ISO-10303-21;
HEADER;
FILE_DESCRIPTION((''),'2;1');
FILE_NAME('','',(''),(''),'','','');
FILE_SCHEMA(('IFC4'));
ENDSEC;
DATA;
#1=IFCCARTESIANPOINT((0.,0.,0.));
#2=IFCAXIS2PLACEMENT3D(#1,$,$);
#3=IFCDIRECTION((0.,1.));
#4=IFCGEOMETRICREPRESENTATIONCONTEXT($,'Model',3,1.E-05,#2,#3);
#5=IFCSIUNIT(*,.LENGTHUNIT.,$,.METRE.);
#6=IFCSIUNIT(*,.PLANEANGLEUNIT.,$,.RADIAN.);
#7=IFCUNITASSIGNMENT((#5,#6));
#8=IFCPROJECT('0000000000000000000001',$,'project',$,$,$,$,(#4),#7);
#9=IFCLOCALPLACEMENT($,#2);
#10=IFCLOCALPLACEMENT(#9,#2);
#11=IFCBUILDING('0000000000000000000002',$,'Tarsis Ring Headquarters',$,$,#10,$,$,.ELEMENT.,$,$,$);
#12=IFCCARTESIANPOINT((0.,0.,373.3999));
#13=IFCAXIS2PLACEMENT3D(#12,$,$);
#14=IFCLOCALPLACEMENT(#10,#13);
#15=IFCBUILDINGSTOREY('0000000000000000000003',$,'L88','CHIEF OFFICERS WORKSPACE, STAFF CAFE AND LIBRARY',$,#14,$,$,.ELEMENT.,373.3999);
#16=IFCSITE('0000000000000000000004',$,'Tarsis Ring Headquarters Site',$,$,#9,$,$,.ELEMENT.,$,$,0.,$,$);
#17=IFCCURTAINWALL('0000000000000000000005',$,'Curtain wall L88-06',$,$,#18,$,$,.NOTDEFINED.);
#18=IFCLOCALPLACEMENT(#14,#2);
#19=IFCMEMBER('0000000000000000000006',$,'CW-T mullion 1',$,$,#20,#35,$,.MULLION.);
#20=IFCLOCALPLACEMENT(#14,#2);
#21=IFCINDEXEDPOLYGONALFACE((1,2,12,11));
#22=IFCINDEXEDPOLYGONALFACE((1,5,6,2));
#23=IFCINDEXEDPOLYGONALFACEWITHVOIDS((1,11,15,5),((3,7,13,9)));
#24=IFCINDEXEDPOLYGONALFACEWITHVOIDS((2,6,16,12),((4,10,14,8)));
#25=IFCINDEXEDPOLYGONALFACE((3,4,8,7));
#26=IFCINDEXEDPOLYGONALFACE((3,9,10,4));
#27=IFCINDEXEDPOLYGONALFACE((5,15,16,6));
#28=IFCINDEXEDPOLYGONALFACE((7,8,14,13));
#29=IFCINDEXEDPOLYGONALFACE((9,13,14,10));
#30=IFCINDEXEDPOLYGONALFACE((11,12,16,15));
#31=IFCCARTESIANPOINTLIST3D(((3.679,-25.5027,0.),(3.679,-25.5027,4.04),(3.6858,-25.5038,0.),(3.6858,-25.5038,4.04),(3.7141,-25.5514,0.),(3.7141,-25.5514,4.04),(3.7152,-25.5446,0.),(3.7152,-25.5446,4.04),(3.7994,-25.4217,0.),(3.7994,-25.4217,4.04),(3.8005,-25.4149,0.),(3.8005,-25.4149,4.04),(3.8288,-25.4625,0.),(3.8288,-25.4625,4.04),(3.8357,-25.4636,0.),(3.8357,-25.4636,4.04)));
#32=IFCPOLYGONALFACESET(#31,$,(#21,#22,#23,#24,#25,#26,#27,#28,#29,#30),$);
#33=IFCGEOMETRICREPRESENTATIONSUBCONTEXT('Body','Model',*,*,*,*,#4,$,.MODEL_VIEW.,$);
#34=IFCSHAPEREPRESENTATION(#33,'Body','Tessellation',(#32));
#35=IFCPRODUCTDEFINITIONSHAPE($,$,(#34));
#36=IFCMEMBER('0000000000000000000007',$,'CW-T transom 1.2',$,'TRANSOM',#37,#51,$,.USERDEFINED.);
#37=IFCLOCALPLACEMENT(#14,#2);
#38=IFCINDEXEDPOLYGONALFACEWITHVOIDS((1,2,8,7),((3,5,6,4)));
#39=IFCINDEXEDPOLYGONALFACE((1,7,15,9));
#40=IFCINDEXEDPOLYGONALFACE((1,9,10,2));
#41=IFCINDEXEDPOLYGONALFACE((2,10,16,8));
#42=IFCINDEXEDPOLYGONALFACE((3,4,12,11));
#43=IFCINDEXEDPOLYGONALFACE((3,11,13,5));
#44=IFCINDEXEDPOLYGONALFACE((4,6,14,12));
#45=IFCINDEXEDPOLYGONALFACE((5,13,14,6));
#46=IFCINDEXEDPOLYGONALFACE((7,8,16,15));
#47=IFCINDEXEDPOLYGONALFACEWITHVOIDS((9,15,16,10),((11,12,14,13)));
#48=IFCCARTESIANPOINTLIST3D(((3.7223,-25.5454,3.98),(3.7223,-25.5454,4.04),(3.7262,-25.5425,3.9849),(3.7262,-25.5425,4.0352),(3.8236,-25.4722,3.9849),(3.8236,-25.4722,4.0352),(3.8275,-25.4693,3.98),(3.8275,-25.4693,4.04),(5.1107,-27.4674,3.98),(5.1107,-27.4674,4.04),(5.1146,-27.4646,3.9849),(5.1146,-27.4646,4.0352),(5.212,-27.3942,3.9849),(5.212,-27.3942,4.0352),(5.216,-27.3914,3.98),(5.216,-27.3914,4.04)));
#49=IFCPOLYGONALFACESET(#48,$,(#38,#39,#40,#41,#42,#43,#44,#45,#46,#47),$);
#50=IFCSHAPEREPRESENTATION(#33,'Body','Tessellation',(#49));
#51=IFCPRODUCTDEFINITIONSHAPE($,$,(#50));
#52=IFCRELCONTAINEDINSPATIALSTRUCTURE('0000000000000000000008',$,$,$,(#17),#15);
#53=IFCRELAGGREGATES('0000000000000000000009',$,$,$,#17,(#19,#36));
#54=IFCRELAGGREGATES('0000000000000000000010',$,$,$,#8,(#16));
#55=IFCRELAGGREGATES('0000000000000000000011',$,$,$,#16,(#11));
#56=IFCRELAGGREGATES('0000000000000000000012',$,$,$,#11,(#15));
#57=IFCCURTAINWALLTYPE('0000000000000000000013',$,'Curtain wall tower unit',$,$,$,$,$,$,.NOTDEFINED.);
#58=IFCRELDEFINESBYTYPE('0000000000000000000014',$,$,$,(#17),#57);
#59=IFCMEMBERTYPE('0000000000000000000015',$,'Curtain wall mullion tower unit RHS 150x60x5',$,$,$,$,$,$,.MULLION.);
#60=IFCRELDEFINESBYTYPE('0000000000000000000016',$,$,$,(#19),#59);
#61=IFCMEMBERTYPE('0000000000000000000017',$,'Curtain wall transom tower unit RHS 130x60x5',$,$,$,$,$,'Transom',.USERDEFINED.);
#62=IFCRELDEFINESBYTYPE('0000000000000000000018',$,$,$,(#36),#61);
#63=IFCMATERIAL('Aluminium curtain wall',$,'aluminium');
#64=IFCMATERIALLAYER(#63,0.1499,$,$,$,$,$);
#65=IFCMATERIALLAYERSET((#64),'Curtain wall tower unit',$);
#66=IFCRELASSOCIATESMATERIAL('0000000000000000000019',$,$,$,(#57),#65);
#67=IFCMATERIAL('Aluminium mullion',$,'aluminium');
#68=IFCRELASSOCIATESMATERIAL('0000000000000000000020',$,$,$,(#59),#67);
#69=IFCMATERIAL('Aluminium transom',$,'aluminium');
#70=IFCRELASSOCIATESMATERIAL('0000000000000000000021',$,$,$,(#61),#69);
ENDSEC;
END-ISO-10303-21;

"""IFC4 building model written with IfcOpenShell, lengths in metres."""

from ifc_helpers import new_model, si_unit, direction, frame, origin, origin_2d, place, context, subcontext, project, spatial, hollow_rectangle, extrude, material, layer, layer_set, material_profile, profile_set, type_object, element, aggregate, save


model = new_model("IFC4")

# Units and contexts
model_context = context("Model", 3, precision=1e-05, world=origin(), true_north=direction((0.0, 1.0)))
body_context = subcontext(model_context, "Body", "Model", "MODEL_VIEW")
ifc_project = project(units=[si_unit("LENGTHUNIT", "METRE"), si_unit("PLANEANGLEUNIT", "RADIAN")], contexts=[model_context])

# Site, building, storey
site_placement = place(None, origin())
site = spatial("IfcSite", under=ifc_project, at=site_placement, Name="Tarsis Ring Headquarters Site", CompositionType="ELEMENT", RefElevation=0.0)
building_placement = place(site_placement, origin())
building = spatial("IfcBuilding", under=site, at=building_placement, Name="Tarsis Ring Headquarters", CompositionType="ELEMENT")
storey_placement = place(building_placement, frame((0.0, 0.0, 373.3999)))
storey = spatial("IfcBuildingStorey", under=building, at=storey_placement, Name="L88", Description="CHIEF OFFICERS WORKSPACE, STAFF CAFE AND LIBRARY", CompositionType="ELEMENT", Elevation=373.3999)

# Curtain wall, members
ifc_material_1 = material(Name="Aluminium curtain wall", Category="aluminium")
ifc_layer_1 = layer(ifc_material_1, 0.1499)
ifc_layer_set_1 = layer_set([ifc_layer_1], Name="Curtain wall tower unit")
curtain_wall_type = type_object("IfcCurtainWallType", Name="Curtain wall tower unit", PredefinedType="NOTDEFINED", material=ifc_layer_set_1)
curtain_wall_placement = place(storey_placement, origin())
curtain_wall = element("IfcCurtainWall", 1, at=curtain_wall_placement, inside=storey, type_object=curtain_wall_type, Name="Curtain wall L88-06", PredefinedType="NOTDEFINED")
ifc_material_2 = material(Name="Aluminium mullion", Category="aluminium")
ifc_material_profile_1 = material_profile(ifc_material_2, hollow_rectangle(XDim=0.1499, YDim=0.0601, WallThickness=0.0049, at=origin_2d()), Name="RHS 150x60x5")
ifc_profile_set_1 = profile_set([ifc_material_profile_1], Name="Aluminium mullion")
member_type_1 = type_object("IfcMemberType", Name="Curtain wall mullion tower unit RHS 150x60x5", PredefinedType="MULLION", material=ifc_profile_set_1)
member_1_placement = place(storey_placement, frame((3.7573, -25.4832, 0.0), z_axis=(0.0, 0.0, 1.0), x_axis=(0.810655, 0.585524, 0.0)))
member_1 = element("IfcMember", 2, at=member_1_placement, type_object=member_type_1, Name="CW-T mullion 1", PredefinedType="MULLION", context=body_context, shape_type="SweptSolid", body=[
    extrude(hollow_rectangle(XDim=0.1499, YDim=0.0601, WallThickness=0.0049, at=origin_2d()), origin(), (0.0, 0.0, 1.0), 4.04),
])
ifc_material_3 = material(Name="Aluminium transom", Category="aluminium")
ifc_material_profile_2 = material_profile(ifc_material_3, hollow_rectangle(XDim=0.1299, YDim=0.0601, WallThickness=0.0049, at=origin_2d()), Name="RHS 130x60x5")
ifc_profile_set_2 = profile_set([ifc_material_profile_2], Name="Aluminium transom")
member_type_2 = type_object("IfcMemberType", Name="Curtain wall transom tower unit RHS 130x60x5", ElementType="Transom", PredefinedType="USERDEFINED", material=ifc_profile_set_2)
member_2_placement = place(storey_placement, frame((3.7749, -25.5073, 4.01), z_axis=(0.585554, -0.810633, 0.0), x_axis=(0.810633, 0.585554, 0.0)))
member_2 = element("IfcMember", 3, at=member_2_placement, type_object=member_type_2, Name="CW-T transom 1.2", ObjectType="TRANSOM", PredefinedType="USERDEFINED", context=body_context, shape_type="SweptSolid", body=[
    extrude(hollow_rectangle(XDim=0.1299, YDim=0.0601, WallThickness=0.0049, at=origin_2d()), origin(), (0.0, 0.0, 1.0), 2.3711),
])
aggregate(curtain_wall, [member_1, member_2])

save(model, "model.ifc")
